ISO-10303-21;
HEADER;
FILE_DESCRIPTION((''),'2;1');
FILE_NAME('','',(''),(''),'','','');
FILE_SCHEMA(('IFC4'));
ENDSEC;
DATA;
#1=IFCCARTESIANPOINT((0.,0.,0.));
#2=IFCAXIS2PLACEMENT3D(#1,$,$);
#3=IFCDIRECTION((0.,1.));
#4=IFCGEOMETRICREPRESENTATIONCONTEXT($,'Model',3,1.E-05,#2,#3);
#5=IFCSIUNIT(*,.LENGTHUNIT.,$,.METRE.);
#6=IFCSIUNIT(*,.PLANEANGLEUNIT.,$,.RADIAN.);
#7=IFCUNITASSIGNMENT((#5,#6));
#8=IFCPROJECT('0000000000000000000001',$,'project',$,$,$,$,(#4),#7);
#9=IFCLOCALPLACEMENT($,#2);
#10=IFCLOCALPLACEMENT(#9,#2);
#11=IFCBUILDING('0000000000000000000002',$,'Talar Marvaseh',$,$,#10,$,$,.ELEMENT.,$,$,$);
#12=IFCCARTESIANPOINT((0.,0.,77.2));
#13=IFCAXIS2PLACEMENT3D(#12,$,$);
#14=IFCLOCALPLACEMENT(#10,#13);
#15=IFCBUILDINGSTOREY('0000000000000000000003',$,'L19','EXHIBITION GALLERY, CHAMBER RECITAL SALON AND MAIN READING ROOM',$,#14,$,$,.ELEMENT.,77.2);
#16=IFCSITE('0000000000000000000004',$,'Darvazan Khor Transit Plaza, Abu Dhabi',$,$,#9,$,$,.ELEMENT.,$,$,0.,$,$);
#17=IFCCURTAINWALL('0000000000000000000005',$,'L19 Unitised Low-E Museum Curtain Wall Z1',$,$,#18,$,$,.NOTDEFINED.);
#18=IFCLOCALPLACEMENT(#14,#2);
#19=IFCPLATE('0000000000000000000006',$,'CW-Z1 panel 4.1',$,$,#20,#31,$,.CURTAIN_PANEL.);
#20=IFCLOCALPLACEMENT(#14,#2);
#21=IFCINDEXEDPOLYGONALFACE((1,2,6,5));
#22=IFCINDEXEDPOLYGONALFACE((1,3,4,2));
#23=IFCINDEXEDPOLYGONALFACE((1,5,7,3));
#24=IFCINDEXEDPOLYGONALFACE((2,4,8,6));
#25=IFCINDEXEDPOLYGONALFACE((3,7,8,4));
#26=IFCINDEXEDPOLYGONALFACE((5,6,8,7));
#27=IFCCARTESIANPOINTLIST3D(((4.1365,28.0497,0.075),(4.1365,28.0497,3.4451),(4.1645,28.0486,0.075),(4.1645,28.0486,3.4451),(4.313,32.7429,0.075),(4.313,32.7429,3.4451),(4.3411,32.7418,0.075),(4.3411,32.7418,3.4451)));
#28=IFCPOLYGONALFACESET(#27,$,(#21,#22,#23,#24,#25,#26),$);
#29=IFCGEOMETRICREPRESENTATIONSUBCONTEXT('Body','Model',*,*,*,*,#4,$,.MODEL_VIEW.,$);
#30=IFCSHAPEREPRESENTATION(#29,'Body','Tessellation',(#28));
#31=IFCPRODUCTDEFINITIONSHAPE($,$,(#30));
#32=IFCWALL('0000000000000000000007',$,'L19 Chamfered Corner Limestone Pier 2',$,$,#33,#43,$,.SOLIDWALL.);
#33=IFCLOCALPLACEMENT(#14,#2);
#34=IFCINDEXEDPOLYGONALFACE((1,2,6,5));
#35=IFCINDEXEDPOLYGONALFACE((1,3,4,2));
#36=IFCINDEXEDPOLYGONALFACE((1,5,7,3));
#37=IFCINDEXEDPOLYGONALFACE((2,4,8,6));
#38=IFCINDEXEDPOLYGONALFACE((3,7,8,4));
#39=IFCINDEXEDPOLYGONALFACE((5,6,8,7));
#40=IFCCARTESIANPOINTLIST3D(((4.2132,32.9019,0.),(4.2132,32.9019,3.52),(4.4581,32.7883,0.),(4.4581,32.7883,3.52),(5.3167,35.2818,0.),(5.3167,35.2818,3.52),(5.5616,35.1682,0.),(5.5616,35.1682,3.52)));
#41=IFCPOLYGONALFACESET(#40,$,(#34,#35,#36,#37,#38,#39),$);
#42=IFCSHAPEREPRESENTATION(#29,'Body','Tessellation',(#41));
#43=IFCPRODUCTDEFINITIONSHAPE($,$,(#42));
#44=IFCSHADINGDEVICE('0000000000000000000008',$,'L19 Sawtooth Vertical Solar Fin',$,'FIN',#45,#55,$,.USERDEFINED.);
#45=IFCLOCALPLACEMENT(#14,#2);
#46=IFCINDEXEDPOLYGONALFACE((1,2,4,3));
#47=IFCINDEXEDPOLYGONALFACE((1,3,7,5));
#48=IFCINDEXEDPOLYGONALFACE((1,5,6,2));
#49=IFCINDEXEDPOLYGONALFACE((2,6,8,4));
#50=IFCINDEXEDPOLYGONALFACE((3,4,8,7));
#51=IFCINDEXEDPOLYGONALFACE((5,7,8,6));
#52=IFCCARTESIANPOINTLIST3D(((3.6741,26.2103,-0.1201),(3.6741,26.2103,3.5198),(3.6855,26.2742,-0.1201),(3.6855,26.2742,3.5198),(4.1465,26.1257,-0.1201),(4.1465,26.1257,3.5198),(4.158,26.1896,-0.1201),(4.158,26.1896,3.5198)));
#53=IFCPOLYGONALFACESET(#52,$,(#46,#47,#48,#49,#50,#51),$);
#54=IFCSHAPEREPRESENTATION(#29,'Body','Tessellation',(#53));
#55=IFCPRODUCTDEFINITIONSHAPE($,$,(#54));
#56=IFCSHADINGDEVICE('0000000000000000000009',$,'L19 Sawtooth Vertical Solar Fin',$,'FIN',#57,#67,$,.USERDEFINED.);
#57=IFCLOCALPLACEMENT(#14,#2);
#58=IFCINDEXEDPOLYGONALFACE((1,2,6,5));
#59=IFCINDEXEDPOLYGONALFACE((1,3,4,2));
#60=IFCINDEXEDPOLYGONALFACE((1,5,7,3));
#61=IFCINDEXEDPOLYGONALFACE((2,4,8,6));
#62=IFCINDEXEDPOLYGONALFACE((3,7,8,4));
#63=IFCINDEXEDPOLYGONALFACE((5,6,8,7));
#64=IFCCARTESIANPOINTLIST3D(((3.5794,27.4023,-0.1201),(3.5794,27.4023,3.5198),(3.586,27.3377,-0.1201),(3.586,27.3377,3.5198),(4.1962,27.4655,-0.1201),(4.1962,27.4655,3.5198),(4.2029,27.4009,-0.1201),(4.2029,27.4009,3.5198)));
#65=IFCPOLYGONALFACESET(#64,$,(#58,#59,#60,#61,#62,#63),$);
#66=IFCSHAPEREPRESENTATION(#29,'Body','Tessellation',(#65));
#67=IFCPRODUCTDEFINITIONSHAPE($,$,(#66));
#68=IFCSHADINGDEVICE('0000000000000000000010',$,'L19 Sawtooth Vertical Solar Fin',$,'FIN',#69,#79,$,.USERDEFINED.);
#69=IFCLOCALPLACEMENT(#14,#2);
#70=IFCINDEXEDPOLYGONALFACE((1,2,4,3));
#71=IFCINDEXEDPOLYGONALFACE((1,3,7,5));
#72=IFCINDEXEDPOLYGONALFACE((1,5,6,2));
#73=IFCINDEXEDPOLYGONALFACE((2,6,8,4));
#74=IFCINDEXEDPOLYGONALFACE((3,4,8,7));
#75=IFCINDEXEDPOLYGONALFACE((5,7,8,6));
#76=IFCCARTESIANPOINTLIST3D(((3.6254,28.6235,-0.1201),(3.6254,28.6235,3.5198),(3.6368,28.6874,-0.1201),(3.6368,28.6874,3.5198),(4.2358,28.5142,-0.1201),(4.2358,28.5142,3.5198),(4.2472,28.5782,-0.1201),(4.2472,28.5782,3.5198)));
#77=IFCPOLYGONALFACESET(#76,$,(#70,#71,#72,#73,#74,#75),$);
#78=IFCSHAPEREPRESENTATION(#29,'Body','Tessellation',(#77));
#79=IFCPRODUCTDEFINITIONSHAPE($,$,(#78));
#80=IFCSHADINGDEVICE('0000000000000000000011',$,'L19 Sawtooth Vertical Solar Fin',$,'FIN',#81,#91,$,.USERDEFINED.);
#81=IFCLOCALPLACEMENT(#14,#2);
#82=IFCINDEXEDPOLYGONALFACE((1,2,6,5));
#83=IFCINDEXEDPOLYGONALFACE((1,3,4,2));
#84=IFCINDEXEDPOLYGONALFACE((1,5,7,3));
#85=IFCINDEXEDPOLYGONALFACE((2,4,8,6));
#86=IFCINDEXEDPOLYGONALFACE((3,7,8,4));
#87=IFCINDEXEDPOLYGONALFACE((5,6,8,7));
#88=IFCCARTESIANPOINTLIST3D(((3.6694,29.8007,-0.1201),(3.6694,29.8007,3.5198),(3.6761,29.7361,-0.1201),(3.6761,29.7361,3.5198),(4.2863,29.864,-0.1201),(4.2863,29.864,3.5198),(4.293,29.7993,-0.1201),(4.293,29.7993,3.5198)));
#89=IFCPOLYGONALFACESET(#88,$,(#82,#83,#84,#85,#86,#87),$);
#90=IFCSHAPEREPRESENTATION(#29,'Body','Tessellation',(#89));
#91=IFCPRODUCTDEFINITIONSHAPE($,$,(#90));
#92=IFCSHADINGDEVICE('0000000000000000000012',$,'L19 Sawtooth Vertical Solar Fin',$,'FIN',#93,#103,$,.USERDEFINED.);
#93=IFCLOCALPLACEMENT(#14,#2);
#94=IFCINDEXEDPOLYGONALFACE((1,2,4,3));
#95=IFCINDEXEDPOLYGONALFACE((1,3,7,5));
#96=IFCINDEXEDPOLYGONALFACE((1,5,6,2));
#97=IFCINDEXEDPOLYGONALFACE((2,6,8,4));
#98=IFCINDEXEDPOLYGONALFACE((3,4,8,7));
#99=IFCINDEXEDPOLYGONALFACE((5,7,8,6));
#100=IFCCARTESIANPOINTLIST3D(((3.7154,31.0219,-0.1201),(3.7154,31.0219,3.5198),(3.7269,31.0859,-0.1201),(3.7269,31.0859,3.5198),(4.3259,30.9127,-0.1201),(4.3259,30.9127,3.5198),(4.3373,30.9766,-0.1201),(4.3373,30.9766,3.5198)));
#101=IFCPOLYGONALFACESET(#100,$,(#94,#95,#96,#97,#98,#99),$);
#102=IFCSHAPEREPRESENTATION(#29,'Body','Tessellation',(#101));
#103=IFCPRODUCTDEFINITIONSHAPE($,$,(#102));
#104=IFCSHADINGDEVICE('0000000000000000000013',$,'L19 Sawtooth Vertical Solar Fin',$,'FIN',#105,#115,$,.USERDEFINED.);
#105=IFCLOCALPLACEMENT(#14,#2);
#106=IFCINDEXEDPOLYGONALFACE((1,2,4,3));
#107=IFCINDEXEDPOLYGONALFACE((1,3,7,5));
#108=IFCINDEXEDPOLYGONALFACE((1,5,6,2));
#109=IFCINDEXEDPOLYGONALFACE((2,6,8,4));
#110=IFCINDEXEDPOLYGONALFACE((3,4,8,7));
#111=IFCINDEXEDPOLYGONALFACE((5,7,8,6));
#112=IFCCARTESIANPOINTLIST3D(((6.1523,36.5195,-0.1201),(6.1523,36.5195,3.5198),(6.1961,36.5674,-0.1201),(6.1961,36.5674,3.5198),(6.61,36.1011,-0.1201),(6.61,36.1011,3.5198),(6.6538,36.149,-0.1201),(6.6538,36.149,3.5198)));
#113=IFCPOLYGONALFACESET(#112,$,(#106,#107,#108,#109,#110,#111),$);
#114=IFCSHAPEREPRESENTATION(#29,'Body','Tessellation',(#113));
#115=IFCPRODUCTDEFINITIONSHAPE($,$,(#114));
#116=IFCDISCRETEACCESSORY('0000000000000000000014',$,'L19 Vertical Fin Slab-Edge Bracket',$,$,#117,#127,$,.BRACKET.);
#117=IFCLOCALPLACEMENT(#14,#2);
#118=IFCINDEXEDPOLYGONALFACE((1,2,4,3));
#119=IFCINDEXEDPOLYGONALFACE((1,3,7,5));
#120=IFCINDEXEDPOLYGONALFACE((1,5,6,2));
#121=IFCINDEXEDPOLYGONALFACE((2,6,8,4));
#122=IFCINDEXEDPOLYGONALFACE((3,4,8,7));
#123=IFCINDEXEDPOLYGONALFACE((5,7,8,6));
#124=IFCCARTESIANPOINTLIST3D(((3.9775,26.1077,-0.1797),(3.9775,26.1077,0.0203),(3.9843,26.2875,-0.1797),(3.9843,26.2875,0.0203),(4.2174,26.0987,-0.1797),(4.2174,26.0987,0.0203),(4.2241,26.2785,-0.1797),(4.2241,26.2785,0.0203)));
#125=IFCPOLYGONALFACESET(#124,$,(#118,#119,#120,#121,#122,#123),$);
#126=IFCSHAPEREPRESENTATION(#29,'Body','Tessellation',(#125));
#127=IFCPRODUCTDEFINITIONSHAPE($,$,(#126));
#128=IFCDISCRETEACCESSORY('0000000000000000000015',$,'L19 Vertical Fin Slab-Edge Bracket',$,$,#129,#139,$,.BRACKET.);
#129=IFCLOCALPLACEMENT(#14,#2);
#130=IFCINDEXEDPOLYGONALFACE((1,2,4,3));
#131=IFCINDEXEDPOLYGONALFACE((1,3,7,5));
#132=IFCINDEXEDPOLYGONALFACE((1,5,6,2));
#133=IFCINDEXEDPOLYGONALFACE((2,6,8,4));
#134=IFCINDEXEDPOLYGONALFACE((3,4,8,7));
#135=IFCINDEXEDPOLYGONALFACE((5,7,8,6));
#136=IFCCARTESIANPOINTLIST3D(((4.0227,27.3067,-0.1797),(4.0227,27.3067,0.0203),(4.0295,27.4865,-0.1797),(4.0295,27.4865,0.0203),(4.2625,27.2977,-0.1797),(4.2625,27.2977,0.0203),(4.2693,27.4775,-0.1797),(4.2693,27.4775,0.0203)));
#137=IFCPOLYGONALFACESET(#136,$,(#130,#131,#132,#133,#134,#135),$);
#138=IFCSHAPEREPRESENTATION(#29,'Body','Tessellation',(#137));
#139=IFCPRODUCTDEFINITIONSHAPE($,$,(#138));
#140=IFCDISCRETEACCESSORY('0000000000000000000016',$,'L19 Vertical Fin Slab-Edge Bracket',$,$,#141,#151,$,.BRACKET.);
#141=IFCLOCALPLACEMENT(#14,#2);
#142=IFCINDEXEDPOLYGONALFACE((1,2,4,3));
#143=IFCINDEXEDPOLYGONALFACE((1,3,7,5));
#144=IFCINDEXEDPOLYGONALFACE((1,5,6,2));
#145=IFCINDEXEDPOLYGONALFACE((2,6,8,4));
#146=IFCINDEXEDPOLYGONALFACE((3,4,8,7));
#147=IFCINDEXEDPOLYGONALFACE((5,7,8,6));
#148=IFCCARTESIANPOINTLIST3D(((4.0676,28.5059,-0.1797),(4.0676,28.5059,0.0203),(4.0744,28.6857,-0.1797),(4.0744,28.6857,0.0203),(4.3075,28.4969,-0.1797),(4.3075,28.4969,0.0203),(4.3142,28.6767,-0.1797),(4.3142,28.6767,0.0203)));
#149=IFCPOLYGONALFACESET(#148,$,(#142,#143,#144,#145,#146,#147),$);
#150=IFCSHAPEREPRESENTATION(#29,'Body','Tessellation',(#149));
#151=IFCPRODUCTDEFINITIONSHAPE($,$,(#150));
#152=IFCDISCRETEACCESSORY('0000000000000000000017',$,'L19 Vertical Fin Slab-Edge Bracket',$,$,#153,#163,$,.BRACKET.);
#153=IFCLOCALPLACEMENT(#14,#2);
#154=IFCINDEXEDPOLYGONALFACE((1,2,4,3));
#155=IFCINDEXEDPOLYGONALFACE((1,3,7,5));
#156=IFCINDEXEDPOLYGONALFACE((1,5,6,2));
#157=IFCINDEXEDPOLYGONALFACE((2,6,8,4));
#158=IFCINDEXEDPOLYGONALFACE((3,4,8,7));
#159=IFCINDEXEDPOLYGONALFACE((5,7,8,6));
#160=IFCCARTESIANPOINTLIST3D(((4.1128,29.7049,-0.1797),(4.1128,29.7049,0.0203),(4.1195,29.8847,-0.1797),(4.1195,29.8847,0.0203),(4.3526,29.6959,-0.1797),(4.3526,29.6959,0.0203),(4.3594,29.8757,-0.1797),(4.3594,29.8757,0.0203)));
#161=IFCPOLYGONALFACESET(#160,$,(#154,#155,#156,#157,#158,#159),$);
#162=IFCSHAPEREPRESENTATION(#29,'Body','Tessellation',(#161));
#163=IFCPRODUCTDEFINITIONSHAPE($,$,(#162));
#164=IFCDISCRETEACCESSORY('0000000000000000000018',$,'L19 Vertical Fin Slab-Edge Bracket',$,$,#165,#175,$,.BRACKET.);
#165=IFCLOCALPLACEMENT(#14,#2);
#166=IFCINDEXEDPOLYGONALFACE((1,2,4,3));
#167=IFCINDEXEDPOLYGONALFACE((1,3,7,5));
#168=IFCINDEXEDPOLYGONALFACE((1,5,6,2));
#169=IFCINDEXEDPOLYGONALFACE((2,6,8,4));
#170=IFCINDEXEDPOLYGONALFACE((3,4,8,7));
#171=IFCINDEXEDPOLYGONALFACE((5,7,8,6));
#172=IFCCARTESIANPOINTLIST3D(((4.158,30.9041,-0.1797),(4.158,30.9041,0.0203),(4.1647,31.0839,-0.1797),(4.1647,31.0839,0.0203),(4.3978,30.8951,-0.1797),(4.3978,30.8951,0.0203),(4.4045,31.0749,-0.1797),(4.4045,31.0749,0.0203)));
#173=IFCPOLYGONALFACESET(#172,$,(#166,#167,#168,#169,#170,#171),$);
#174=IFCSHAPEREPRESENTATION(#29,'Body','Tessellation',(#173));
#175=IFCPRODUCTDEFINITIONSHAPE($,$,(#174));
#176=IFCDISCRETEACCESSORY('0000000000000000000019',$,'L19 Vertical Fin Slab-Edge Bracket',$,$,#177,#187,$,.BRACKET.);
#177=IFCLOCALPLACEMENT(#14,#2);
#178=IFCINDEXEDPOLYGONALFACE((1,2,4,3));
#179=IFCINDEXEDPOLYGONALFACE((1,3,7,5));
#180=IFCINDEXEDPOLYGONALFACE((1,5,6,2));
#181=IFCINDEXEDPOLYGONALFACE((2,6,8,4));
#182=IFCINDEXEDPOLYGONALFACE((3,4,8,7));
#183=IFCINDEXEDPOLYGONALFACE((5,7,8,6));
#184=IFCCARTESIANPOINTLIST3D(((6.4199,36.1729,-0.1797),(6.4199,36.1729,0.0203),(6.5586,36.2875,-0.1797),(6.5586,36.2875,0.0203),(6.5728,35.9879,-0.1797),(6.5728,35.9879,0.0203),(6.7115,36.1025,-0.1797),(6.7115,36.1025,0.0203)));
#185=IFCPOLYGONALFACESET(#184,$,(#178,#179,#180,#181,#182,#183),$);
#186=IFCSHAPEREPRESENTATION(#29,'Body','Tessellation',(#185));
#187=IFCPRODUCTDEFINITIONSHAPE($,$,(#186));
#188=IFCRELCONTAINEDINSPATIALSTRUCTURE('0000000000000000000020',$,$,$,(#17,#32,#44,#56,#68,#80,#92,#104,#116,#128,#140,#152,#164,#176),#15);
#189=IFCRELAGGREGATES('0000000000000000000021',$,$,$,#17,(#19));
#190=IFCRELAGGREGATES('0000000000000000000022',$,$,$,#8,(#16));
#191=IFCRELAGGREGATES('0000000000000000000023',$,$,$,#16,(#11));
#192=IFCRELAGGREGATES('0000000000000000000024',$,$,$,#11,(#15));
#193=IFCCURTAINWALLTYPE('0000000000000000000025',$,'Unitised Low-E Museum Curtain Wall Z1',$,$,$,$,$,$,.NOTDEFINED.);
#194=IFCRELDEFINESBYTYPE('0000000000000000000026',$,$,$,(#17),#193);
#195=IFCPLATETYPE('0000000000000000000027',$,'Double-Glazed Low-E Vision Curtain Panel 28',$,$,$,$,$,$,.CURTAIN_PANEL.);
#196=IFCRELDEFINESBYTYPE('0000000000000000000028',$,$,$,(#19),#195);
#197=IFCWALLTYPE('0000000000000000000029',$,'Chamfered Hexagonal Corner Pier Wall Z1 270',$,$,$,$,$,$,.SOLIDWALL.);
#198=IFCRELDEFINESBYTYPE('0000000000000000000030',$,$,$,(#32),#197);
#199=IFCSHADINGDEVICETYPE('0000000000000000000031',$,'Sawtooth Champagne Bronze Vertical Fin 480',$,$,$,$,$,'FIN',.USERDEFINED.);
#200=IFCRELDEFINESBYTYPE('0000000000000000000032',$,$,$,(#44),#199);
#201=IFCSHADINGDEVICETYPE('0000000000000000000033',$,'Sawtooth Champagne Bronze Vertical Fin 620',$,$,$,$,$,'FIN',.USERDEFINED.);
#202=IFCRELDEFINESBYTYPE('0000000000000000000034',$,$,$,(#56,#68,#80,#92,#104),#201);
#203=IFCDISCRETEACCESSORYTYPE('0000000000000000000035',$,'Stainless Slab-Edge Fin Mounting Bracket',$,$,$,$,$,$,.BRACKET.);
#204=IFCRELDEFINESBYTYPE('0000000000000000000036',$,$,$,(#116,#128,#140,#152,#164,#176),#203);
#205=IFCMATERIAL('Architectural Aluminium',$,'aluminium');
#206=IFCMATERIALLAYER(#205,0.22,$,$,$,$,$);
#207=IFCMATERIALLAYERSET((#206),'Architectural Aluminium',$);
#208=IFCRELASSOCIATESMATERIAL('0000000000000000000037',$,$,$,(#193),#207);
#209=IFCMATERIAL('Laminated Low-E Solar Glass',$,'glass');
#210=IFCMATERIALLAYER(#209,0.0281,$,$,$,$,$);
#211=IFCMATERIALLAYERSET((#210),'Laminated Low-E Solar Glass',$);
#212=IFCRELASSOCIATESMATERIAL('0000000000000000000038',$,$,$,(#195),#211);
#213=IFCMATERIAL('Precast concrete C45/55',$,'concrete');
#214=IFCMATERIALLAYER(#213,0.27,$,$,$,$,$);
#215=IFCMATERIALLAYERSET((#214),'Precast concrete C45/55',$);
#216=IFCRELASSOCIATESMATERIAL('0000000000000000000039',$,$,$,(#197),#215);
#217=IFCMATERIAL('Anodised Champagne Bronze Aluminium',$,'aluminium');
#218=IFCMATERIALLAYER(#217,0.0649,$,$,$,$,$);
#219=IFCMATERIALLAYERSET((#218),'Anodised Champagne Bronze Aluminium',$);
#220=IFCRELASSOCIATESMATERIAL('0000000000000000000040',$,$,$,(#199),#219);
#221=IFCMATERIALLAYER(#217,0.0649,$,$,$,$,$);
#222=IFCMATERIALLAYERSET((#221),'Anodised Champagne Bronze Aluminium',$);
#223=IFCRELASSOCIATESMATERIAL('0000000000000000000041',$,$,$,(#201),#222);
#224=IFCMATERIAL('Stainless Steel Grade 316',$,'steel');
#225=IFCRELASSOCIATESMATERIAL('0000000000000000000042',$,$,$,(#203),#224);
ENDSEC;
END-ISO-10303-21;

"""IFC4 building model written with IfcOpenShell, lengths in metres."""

from ifc_helpers import new_model, si_unit, direction, frame, frame_2d, origin, origin_2d, place, context, subcontext, project, spatial, rectangle, extrude, source, transform, mapped, material, layer, layer_set, type_object, type_shapes, element, aggregate, save


model = new_model("IFC4")

# Units and contexts
model_context = context("Model", 3, precision=1e-05, world=origin(), true_north=direction((0.0, 1.0)))
body_context = subcontext(model_context, "Body", "Model", "MODEL_VIEW")
ifc_project = project(units=[si_unit("LENGTHUNIT", "METRE"), si_unit("PLANEANGLEUNIT", "RADIAN")], contexts=[model_context])

# Site, building, storey
site_placement = place(None, origin())
site = spatial("IfcSite", under=ifc_project, at=site_placement, Name="Darvazan Khor Transit Plaza, Abu Dhabi", CompositionType="ELEMENT", RefElevation=0.0)
building_placement = place(site_placement, origin())
building = spatial("IfcBuilding", under=site, at=building_placement, Name="Talar Marvaseh", CompositionType="ELEMENT")
storey_placement = place(building_placement, frame((0.0, 0.0, 77.2)))
storey = spatial("IfcBuildingStorey", under=building, at=storey_placement, Name="L19", Description="EXHIBITION GALLERY, CHAMBER RECITAL SALON AND MAIN READING ROOM", CompositionType="ELEMENT", Elevation=77.2)

# Curtain wall
ifc_material_1 = material(Name="Architectural Aluminium", Category="aluminium")
ifc_layer_1 = layer(ifc_material_1, 0.22)
ifc_layer_set_1 = layer_set([ifc_layer_1], Name="Architectural Aluminium")
curtain_wall_type = type_object("IfcCurtainWallType", Name="Unitised Low-E Museum Curtain Wall Z1", PredefinedType="NOTDEFINED", material=ifc_layer_set_1)
curtain_wall_1_placement = place(storey_placement, origin())
curtain_wall_1 = element("IfcCurtainWall", 1, at=curtain_wall_1_placement, inside=storey, type_object=curtain_wall_type, Name="L19 Unitised Low-E Museum Curtain Wall Z1", PredefinedType="NOTDEFINED")

# Plate
ifc_material_2 = material(Name="Laminated Low-E Solar Glass", Category="glass")
ifc_layer_2 = layer(ifc_material_2, 0.0281)
ifc_layer_set_2 = layer_set([ifc_layer_2], Name="Laminated Low-E Solar Glass")
plate_type = type_object("IfcPlateType", Name="Double-Glazed Low-E Vision Curtain Panel 28", PredefinedType="CURTAIN_PANEL", material=ifc_layer_set_2)
shared_shape_1 = source(origin(), body_context, "Body", "SweptSolid", [
    extrude(rectangle(XDim=4.6965, YDim=0.0281, at=origin_2d()), origin(), (0.0, 0.0, 1.0), 3.3701),
])
type_shapes(plate_type, [shared_shape_1])
plate_placement = place(storey_placement, frame((4.2388, 30.3958, 0.075), z_axis=(0.0, 0.0, 1.0), x_axis=(0.037584, 0.999293, 0.0)))
plate = element("IfcPlate", 2, at=plate_placement, type_object=plate_type, Name="CW-Z1 panel 4.1", PredefinedType="CURTAIN_PANEL", context=body_context, shape_type="MappedRepresentation", body=[
    mapped(shared_shape_1, transform((0.0, 0.0, 0.0), x_axis=(1.0, 0.0, 0.0), y_axis=(0.0, 1.0, 0.0), z_axis=(0.0, 0.0, 1.0), scale=1.0)),
])
aggregate(curtain_wall_1, [plate])

# Wall
ifc_material_3 = material(Name="Precast concrete C45/55", Category="concrete")
ifc_layer_3 = layer(ifc_material_3, 0.27)
ifc_layer_set_3 = layer_set([ifc_layer_3], Name="Precast concrete C45/55")
wall_type = type_object("IfcWallType", Name="Chamfered Hexagonal Corner Pier Wall Z1 270", PredefinedType="SOLIDWALL", material=ifc_layer_set_3)
wall_placement = place(storey_placement, frame((4.3357, 32.8452, 0.0), z_axis=(0.0, 0.0, 1.0), x_axis=(0.420663, 0.907217, 0.0)))
element("IfcWall", 3, at=wall_placement, inside=storey, type_object=wall_type, Name="L19 Chamfered Corner Limestone Pier 2", PredefinedType="SOLIDWALL", context=body_context, shape_type="SweptSolid", body=[
    extrude(rectangle(XDim=2.6233, YDim=0.27, at=frame_2d((1.3115, 0.0))), origin(), (0.0, 0.0, 1.0), 3.52),
])

# Shading devices
ifc_material_4 = material(Name="Anodised Champagne Bronze Aluminium", Category="aluminium")
ifc_layer_4 = layer(ifc_material_4, 0.0649)
ifc_layer_set_4 = layer_set([ifc_layer_4], Name="Anodised Champagne Bronze Aluminium")
shading_device_type_1 = type_object("IfcShadingDeviceType", Name="Sawtooth Champagne Bronze Vertical Fin 480", ElementType="FIN", PredefinedType="USERDEFINED", material=ifc_layer_set_4)
shared_shape_2 = source(origin(), body_context, "Body", "SweptSolid", [
    extrude(rectangle(XDim=0.48, YDim=0.0649, at=origin_2d()), origin(), (0.0, 0.0, 1.0), 3.6399),
])
type_shapes(shading_device_type_1, [shared_shape_2])
shading_device_placement = place(storey_placement, frame((3.916, 26.2, -0.1201), z_axis=(0.0, 0.0, 1.0), x_axis=(-0.98435, 0.176226, 0.0)))
element("IfcShadingDevice", 4, at=shading_device_placement, inside=storey, type_object=shading_device_type_1, Name="L19 Sawtooth Vertical Solar Fin", ObjectType="FIN", PredefinedType="USERDEFINED", context=body_context, shape_type="MappedRepresentation", body=[
    mapped(shared_shape_2, transform((0.0, 0.0, 0.0), x_axis=(1.0, 0.0, 0.0), y_axis=(0.0, 1.0, 0.0), z_axis=(0.0, 0.0, 1.0), scale=1.0)),
])
ifc_layer_5 = layer(ifc_material_4, 0.0649)
ifc_layer_set_5 = layer_set([ifc_layer_5], Name="Anodised Champagne Bronze Aluminium")
shading_device_type_2 = type_object("IfcShadingDeviceType", Name="Sawtooth Champagne Bronze Vertical Fin 620", ElementType="FIN", PredefinedType="USERDEFINED", material=ifc_layer_set_5)
shared_shape_3 = source(origin(), body_context, "Body", "SweptSolid", [
    extrude(rectangle(XDim=0.6201, YDim=0.0649, at=origin_2d()), origin(), (0.0, 0.0, 1.0), 3.6399),
])
type_shapes(shading_device_type_2, [shared_shape_3])
for number, where, z_axis, x_axis, name in (
    (5, (3.8911, 27.4016, -0.1201), (0.0, 0.0, 1.0), (-0.994792, -0.101924, 0.0), "L19 Sawtooth Vertical Solar Fin"),
    (6, (3.9363, 28.6008, -0.1201), (0.0, 0.0, 1.0), (-0.98435, 0.176226, 0.0), "L19 Sawtooth Vertical Solar Fin"),
    (7, (3.9812, 29.8, -0.1201), (0.0, 0.0, 1.0), (-0.994792, -0.101924, 0.0), "L19 Sawtooth Vertical Solar Fin"),
    (8, (4.0264, 30.9993, -0.1201), (0.0, 0.0, 1.0), (-0.98435, 0.176226, 0.0), "L19 Sawtooth Vertical Solar Fin"),
    (9, (6.4031, 36.3342, -0.1201), (0.0, 0.0, 1.0), (-0.738102, 0.674689, 0.0), "L19 Sawtooth Vertical Solar Fin"),
):
    element("IfcShadingDevice", number, at=place(storey_placement, frame(where, z_axis=z_axis, x_axis=x_axis)), inside=storey, type_object=shading_device_type_2, Name=name, ObjectType="FIN", PredefinedType="USERDEFINED", context=body_context, shape_type="MappedRepresentation", body=[
        mapped(shared_shape_3, transform((0.0, 0.0, 0.0), x_axis=(1.0, 0.0, 0.0), y_axis=(0.0, 1.0, 0.0), z_axis=(0.0, 0.0, 1.0), scale=1.0)),
    ])

# Discrete accessories
ifc_material_5 = material(Name="Stainless Steel Grade 316", Category="steel")
discrete_accessory_type = type_object("IfcDiscreteAccessoryType", Name="Stainless Slab-Edge Fin Mounting Bracket", PredefinedType="BRACKET", material=ifc_material_5)
shared_shape_4 = source(origin(), body_context, "Body", "SweptSolid", [
    extrude(rectangle(XDim=0.24, YDim=0.1799, at=origin_2d()), origin(), (0.0, 0.0, 1.0), 0.2),
])
type_shapes(discrete_accessory_type, [shared_shape_4])
for number, where, z_axis, x_axis, name in (
    (10, (4.1008, 26.1931, -0.1797), (0.0, 0.0, 1.0), (-0.999296, 0.037516, 0.0), "L19 Vertical Fin Slab-Edge Bracket"),
    (11, (4.146, 27.3921, -0.1797), (0.0, 0.0, 1.0), (-0.999296, 0.037516, 0.0), "L19 Vertical Fin Slab-Edge Bracket"),
    (12, (4.1909, 28.5913, -0.1797), (0.0, 0.0, 1.0), (-0.999296, 0.037516, 0.0), "L19 Vertical Fin Slab-Edge Bracket"),
    (13, (4.2361, 29.7903, -0.1797), (0.0, 0.0, 1.0), (-0.999296, 0.037516, 0.0), "L19 Vertical Fin Slab-Edge Bracket"),
    (14, (4.2812, 30.9895, -0.1797), (0.0, 0.0, 1.0), (-0.999296, 0.037516, 0.0), "L19 Vertical Fin Slab-Edge Bracket"),
    (15, (6.5657, 36.1377, -0.1797), (0.0, 0.0, 1.0), (-0.63702, 0.770847, 0.0), "L19 Vertical Fin Slab-Edge Bracket"),
):
    element("IfcDiscreteAccessory", number, at=place(storey_placement, frame(where, z_axis=z_axis, x_axis=x_axis)), inside=storey, type_object=discrete_accessory_type, Name=name, PredefinedType="BRACKET", context=body_context, shape_type="MappedRepresentation", body=[
        mapped(shared_shape_4, transform((0.0, 0.0, 0.0), x_axis=(1.0, 0.0, 0.0), y_axis=(0.0, 1.0, 0.0), z_axis=(0.0, 0.0, 1.0), scale=1.0)),
    ])

save(model, "model.ifc")
